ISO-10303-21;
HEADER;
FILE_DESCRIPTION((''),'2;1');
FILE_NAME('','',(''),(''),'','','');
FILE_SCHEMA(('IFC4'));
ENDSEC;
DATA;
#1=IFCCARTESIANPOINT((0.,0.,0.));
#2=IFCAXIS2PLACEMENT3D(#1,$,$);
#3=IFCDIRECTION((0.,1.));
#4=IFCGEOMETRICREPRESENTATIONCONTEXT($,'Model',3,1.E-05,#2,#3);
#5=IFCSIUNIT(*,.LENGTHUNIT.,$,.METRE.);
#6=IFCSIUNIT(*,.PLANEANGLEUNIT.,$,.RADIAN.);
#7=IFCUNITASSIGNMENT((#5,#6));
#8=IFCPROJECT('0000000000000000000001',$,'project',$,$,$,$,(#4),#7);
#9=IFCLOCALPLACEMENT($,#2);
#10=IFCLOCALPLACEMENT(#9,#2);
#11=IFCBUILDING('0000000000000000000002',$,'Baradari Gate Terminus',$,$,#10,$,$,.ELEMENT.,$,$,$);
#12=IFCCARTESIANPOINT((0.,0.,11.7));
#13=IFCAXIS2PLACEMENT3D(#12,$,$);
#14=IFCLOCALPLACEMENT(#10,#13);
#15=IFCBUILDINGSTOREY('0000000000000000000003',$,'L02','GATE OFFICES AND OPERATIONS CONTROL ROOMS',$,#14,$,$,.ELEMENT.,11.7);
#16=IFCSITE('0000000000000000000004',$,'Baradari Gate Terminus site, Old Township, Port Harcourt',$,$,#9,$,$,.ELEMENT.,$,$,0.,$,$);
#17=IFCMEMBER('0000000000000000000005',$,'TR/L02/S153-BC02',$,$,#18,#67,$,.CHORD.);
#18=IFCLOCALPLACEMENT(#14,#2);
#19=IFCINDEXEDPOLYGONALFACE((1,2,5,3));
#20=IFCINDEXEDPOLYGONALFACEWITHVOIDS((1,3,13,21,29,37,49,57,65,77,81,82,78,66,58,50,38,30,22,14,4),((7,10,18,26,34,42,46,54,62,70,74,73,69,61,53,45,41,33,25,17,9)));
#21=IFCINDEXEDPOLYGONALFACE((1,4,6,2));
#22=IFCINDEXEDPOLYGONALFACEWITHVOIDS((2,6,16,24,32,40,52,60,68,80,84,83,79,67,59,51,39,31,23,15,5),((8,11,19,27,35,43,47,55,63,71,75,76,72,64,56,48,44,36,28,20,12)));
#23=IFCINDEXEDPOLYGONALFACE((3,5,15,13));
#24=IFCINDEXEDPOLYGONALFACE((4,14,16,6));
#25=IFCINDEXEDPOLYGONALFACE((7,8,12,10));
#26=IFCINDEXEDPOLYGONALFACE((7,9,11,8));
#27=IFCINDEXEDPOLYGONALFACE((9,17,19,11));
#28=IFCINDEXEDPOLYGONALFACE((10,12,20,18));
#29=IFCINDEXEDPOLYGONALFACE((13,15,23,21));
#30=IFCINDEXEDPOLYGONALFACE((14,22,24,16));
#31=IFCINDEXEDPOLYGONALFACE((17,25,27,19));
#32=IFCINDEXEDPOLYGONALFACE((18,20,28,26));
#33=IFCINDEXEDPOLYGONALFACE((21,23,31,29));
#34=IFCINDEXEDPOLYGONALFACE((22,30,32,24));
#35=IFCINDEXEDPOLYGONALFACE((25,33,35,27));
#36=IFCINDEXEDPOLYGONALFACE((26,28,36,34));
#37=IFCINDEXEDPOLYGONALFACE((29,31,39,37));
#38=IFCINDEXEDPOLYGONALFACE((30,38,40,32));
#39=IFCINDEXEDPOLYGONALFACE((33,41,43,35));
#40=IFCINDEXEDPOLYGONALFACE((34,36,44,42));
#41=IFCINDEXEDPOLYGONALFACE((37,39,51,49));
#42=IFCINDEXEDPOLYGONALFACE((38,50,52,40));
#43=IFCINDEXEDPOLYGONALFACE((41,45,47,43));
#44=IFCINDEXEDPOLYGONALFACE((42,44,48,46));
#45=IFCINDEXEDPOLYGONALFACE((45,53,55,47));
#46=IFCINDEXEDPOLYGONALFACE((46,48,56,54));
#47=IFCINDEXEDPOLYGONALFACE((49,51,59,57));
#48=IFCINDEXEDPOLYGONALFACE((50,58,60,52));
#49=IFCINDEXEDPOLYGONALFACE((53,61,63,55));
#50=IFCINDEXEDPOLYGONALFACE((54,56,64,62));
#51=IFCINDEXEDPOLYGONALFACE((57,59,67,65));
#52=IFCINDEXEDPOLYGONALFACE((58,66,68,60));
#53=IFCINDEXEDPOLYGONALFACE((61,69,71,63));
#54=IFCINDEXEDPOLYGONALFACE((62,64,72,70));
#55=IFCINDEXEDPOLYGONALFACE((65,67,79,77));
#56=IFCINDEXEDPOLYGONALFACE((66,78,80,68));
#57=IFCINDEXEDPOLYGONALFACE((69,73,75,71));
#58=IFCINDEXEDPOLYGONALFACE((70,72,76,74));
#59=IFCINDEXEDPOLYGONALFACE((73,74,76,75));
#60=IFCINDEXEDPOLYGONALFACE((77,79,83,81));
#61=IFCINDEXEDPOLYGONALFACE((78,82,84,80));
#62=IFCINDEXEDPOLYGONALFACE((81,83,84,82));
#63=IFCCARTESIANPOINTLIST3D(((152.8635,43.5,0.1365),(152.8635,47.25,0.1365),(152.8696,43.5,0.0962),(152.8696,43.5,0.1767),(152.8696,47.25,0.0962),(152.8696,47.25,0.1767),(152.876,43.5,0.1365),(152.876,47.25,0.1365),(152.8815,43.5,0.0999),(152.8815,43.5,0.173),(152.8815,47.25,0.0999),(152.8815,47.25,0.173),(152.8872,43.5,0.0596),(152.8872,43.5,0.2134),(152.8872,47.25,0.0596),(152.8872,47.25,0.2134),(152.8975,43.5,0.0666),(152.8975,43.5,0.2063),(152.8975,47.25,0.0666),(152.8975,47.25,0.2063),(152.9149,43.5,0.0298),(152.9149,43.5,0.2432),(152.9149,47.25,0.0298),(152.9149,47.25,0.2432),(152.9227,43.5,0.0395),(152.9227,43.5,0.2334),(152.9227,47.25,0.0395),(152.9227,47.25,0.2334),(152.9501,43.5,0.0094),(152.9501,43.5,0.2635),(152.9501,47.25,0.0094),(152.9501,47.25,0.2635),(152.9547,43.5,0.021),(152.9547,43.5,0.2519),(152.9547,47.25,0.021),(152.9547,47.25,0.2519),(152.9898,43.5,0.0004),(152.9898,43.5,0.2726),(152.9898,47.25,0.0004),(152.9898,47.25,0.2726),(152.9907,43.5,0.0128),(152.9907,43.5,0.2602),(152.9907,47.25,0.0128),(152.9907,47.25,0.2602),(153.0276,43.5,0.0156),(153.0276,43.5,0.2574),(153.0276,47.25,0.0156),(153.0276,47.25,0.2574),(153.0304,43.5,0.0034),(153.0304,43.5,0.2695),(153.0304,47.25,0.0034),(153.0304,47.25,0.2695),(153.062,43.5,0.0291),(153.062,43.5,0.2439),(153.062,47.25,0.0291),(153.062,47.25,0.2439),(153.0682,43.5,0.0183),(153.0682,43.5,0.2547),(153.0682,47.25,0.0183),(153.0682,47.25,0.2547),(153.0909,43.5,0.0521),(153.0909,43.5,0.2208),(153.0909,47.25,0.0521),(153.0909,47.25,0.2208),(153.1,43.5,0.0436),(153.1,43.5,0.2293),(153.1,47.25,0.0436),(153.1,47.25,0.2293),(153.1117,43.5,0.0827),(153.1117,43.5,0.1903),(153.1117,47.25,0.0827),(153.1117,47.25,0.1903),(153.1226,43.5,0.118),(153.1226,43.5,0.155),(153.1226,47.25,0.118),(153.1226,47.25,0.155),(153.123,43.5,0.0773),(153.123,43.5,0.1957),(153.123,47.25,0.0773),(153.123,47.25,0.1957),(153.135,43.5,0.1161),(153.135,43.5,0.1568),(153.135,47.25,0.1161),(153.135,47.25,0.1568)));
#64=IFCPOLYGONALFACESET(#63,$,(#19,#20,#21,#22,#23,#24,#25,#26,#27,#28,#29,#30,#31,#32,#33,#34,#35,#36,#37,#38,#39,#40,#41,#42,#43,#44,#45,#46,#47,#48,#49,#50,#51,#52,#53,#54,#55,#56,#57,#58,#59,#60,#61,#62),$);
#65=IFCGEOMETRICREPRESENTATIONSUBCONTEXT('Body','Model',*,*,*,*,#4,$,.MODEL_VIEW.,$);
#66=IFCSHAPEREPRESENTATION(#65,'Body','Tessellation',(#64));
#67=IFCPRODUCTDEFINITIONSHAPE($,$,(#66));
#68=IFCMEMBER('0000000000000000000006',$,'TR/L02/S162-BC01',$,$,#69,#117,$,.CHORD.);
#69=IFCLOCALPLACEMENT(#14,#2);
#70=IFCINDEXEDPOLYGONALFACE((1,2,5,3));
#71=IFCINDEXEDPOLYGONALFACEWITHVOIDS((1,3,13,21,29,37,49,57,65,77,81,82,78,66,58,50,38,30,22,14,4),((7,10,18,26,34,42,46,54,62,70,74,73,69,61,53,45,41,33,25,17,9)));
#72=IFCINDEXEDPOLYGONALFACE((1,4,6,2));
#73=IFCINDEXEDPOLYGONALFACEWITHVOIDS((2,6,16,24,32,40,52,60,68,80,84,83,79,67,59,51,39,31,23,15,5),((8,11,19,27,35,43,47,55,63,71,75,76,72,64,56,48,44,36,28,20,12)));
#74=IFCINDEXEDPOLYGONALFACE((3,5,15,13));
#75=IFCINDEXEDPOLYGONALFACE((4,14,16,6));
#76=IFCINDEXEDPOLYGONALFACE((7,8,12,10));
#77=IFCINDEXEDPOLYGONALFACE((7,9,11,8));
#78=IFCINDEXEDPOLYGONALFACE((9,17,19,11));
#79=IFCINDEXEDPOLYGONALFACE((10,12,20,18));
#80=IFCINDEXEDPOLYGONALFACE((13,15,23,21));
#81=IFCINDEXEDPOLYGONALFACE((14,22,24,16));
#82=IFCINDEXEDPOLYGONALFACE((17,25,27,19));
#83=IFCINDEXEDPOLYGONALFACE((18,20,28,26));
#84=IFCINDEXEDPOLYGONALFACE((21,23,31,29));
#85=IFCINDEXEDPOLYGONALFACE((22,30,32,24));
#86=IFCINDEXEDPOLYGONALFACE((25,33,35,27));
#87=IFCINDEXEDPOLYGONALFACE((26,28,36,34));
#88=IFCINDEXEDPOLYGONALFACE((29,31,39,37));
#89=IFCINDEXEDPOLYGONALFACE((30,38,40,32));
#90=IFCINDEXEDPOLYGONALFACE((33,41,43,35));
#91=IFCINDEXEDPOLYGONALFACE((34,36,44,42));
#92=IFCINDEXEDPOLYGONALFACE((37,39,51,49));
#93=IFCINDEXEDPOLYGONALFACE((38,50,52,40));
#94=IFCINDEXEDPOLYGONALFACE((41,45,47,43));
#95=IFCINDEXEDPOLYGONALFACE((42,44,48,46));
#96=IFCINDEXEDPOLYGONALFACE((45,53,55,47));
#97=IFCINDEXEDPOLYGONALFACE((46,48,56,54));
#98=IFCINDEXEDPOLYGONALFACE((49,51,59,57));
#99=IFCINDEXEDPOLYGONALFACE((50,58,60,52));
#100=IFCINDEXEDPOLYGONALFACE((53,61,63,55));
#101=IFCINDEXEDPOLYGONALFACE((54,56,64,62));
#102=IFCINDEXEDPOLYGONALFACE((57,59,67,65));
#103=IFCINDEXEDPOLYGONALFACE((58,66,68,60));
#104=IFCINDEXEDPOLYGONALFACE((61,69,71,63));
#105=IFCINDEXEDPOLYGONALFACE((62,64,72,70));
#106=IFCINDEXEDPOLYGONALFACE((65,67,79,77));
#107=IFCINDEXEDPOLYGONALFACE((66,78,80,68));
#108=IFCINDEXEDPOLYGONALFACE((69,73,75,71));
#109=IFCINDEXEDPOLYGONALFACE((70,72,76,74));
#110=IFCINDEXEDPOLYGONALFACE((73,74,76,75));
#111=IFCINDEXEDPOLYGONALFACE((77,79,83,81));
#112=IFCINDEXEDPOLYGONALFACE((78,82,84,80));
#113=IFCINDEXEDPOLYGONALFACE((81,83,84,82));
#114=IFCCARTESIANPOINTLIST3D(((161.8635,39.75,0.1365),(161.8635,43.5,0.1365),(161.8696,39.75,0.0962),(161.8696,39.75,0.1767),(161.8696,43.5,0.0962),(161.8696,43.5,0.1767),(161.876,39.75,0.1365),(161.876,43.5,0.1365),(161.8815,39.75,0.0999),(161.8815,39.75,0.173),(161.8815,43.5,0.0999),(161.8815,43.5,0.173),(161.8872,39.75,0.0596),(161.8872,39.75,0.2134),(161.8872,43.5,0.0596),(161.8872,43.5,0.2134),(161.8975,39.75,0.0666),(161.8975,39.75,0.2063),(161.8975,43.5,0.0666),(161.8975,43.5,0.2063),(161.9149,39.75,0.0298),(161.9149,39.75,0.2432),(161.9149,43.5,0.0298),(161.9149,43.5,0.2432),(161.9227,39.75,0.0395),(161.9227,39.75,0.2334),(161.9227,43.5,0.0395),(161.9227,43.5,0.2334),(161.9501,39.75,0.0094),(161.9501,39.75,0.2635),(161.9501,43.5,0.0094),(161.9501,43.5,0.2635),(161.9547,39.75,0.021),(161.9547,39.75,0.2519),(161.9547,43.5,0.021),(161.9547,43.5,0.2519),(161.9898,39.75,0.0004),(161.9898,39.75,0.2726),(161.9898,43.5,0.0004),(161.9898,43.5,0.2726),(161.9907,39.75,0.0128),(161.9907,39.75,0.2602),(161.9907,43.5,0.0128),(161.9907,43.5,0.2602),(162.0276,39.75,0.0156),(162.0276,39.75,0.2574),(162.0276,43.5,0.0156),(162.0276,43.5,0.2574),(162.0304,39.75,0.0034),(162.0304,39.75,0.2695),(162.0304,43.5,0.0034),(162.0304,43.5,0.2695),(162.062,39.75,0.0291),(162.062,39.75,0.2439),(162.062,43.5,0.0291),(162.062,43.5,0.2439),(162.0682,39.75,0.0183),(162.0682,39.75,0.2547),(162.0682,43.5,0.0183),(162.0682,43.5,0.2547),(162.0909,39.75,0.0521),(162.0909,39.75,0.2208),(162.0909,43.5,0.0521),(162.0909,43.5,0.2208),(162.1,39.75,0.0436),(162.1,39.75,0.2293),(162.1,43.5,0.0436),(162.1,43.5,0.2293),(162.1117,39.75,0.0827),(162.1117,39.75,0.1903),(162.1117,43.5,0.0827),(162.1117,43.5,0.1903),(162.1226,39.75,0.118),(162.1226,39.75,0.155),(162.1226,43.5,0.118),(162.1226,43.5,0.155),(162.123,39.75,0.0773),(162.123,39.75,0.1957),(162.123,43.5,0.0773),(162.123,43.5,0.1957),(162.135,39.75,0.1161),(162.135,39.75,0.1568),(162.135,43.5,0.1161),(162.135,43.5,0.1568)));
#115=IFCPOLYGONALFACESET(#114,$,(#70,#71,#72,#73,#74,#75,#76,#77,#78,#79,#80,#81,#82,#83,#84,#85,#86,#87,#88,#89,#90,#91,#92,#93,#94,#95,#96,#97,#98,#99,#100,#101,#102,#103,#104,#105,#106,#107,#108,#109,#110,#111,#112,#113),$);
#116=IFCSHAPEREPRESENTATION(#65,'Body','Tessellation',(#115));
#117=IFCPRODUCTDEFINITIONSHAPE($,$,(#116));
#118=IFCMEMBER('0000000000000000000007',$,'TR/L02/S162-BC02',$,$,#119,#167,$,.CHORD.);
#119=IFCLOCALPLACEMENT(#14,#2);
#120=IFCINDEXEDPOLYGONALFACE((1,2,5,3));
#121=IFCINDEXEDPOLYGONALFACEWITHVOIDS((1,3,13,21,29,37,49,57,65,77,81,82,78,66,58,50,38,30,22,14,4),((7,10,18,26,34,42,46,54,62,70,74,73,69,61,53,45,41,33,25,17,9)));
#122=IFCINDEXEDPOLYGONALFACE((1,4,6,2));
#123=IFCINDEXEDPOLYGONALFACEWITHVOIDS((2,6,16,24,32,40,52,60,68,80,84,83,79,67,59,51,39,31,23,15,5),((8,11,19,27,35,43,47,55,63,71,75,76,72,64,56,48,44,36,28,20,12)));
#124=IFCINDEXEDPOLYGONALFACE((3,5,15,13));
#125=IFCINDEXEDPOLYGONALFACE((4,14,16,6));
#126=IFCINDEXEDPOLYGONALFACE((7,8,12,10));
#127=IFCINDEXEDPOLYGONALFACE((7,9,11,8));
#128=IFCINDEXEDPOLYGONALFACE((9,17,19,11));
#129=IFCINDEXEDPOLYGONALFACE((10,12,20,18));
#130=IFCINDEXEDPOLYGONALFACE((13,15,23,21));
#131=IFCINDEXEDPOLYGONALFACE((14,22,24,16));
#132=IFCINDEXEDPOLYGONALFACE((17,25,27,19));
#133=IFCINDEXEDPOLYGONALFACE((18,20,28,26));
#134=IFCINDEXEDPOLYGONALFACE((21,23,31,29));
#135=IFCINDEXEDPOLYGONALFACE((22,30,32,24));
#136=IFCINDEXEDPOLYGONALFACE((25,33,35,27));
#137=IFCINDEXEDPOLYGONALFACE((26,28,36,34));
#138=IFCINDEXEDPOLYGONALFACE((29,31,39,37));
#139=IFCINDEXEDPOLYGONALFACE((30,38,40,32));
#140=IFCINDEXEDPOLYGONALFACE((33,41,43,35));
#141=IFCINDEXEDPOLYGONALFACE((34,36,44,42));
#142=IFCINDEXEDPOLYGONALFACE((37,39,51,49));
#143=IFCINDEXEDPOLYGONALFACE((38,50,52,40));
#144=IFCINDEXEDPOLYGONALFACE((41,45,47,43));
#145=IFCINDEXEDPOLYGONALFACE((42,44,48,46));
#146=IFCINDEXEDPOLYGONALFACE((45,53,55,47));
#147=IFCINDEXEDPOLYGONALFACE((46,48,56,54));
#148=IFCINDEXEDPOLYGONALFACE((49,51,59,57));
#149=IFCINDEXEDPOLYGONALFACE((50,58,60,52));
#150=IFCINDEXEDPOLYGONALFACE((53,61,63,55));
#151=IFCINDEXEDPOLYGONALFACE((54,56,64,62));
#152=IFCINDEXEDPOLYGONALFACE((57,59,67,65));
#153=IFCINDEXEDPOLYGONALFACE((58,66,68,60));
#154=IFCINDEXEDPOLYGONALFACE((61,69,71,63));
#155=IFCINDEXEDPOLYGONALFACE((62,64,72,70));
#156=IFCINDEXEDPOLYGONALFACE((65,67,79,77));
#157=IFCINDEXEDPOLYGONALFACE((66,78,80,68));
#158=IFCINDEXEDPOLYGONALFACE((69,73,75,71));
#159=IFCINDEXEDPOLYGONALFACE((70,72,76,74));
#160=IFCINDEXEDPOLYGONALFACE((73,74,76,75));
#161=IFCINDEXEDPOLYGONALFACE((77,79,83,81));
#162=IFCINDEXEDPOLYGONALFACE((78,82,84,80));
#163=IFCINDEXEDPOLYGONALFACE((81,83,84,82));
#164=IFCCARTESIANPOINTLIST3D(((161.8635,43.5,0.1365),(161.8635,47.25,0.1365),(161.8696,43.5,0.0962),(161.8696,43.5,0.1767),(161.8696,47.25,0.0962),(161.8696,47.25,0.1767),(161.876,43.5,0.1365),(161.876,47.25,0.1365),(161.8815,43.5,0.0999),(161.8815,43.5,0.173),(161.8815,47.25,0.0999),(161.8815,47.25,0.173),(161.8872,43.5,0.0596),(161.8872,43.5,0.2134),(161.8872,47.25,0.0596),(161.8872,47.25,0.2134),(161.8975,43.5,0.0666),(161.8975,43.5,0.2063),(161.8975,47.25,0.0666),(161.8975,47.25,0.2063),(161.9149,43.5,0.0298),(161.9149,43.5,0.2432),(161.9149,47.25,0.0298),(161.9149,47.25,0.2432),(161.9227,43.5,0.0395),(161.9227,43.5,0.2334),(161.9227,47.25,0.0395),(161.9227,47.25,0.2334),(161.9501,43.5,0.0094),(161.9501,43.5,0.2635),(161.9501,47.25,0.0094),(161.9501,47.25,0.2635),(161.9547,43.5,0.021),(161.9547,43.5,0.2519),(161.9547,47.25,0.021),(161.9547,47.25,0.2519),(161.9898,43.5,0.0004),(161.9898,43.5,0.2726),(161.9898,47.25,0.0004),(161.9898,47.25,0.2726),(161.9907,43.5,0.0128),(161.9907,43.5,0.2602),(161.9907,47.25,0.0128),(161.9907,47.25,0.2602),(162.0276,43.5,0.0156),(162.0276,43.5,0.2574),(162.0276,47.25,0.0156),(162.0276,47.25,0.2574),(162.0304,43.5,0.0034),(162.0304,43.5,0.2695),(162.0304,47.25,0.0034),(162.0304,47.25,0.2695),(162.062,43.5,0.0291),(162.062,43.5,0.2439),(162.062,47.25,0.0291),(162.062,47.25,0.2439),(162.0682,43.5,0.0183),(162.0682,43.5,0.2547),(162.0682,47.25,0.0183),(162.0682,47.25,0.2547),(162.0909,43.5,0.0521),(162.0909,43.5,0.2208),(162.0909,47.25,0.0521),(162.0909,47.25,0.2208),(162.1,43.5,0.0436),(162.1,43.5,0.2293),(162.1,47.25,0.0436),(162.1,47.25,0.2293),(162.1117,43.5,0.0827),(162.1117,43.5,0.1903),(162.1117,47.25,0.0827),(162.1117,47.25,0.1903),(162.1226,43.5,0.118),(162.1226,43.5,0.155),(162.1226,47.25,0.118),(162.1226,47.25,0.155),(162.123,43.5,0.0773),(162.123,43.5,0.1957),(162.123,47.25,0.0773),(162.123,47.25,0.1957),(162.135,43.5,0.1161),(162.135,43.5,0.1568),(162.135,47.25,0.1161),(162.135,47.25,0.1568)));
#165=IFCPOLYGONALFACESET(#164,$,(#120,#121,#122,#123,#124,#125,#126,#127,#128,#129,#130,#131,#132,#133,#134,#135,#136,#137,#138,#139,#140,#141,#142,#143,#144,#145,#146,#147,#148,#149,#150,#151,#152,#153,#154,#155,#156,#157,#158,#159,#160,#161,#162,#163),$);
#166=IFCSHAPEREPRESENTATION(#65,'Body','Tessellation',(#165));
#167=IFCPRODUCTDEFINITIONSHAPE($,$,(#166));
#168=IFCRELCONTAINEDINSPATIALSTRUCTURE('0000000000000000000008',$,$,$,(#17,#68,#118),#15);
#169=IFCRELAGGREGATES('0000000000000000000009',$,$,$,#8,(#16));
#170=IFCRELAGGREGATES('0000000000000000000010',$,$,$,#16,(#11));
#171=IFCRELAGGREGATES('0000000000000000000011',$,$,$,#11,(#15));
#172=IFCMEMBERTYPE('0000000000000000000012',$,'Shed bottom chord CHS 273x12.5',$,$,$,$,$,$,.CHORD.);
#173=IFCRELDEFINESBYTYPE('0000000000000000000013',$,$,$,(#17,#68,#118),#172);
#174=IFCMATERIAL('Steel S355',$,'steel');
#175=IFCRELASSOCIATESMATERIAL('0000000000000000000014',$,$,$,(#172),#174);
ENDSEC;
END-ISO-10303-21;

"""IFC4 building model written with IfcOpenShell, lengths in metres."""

from ifc_helpers import new_model, si_unit, direction, frame, origin, origin_2d, place, context, subcontext, project, spatial, hollow_circle, extrude, material, material_profile, profile_set, type_object, element, save


model = new_model("IFC4")

# Units and contexts
model_context = context("Model", 3, precision=1e-05, world=origin(), true_north=direction((0.0, 1.0)))
body_context = subcontext(model_context, "Body", "Model", "MODEL_VIEW")
ifc_project = project(units=[si_unit("LENGTHUNIT", "METRE"), si_unit("PLANEANGLEUNIT", "RADIAN")], contexts=[model_context])

# Site, building, storey
site_placement = place(None, origin())
site = spatial("IfcSite", under=ifc_project, at=site_placement, Name="Baradari Gate Terminus site, Old Township, Port Harcourt", CompositionType="ELEMENT", RefElevation=0.0)
building_placement = place(site_placement, origin())
building = spatial("IfcBuilding", under=site, at=building_placement, Name="Baradari Gate Terminus", CompositionType="ELEMENT")
storey_placement = place(building_placement, frame((0.0, 0.0, 11.7)))
storey = spatial("IfcBuildingStorey", under=building, at=storey_placement, Name="L02", Description="GATE OFFICES AND OPERATIONS CONTROL ROOMS", CompositionType="ELEMENT", Elevation=11.7)

# Members
ifc_material_1 = material(Name="Steel S355", Category="steel")
ifc_material_profile_1 = material_profile(ifc_material_1, hollow_circle(Radius=0.1365, WallThickness=0.0125, at=origin_2d()), Name="CHS 273x12.5")
ifc_profile_set_1 = profile_set([ifc_material_profile_1], Name="Steel S355")
member_type_1 = type_object("IfcMemberType", Name="Shed bottom chord CHS 273x12.5", PredefinedType="CHORD", material=ifc_profile_set_1)
for number, where, z_axis, x_axis, name in (
    (1, (153.0, 43.5, 0.1365), (0.0, 1.0, 0.0), (-1.0, 0.0, 0.0), "TR/L02/S153-BC02"),
    (2, (162.0, 39.75, 0.1365), (0.0, 1.0, 0.0), (-1.0, 0.0, 0.0), "TR/L02/S162-BC01"),
    (3, (162.0, 43.5, 0.1365), (0.0, 1.0, 0.0), (-1.0, 0.0, 0.0), "TR/L02/S162-BC02"),
):
    element("IfcMember", number, at=place(storey_placement, frame(where, z_axis=z_axis, x_axis=x_axis)), inside=storey, type_object=member_type_1, Name=name, PredefinedType="CHORD", context=body_context, shape_type="SweptSolid", body=[
        extrude(hollow_circle(Radius=0.1365, WallThickness=0.0125, at=origin_2d()), origin(), (0.0, 0.0, 1.0), 3.75),
    ])

save(model, "model.ifc")
